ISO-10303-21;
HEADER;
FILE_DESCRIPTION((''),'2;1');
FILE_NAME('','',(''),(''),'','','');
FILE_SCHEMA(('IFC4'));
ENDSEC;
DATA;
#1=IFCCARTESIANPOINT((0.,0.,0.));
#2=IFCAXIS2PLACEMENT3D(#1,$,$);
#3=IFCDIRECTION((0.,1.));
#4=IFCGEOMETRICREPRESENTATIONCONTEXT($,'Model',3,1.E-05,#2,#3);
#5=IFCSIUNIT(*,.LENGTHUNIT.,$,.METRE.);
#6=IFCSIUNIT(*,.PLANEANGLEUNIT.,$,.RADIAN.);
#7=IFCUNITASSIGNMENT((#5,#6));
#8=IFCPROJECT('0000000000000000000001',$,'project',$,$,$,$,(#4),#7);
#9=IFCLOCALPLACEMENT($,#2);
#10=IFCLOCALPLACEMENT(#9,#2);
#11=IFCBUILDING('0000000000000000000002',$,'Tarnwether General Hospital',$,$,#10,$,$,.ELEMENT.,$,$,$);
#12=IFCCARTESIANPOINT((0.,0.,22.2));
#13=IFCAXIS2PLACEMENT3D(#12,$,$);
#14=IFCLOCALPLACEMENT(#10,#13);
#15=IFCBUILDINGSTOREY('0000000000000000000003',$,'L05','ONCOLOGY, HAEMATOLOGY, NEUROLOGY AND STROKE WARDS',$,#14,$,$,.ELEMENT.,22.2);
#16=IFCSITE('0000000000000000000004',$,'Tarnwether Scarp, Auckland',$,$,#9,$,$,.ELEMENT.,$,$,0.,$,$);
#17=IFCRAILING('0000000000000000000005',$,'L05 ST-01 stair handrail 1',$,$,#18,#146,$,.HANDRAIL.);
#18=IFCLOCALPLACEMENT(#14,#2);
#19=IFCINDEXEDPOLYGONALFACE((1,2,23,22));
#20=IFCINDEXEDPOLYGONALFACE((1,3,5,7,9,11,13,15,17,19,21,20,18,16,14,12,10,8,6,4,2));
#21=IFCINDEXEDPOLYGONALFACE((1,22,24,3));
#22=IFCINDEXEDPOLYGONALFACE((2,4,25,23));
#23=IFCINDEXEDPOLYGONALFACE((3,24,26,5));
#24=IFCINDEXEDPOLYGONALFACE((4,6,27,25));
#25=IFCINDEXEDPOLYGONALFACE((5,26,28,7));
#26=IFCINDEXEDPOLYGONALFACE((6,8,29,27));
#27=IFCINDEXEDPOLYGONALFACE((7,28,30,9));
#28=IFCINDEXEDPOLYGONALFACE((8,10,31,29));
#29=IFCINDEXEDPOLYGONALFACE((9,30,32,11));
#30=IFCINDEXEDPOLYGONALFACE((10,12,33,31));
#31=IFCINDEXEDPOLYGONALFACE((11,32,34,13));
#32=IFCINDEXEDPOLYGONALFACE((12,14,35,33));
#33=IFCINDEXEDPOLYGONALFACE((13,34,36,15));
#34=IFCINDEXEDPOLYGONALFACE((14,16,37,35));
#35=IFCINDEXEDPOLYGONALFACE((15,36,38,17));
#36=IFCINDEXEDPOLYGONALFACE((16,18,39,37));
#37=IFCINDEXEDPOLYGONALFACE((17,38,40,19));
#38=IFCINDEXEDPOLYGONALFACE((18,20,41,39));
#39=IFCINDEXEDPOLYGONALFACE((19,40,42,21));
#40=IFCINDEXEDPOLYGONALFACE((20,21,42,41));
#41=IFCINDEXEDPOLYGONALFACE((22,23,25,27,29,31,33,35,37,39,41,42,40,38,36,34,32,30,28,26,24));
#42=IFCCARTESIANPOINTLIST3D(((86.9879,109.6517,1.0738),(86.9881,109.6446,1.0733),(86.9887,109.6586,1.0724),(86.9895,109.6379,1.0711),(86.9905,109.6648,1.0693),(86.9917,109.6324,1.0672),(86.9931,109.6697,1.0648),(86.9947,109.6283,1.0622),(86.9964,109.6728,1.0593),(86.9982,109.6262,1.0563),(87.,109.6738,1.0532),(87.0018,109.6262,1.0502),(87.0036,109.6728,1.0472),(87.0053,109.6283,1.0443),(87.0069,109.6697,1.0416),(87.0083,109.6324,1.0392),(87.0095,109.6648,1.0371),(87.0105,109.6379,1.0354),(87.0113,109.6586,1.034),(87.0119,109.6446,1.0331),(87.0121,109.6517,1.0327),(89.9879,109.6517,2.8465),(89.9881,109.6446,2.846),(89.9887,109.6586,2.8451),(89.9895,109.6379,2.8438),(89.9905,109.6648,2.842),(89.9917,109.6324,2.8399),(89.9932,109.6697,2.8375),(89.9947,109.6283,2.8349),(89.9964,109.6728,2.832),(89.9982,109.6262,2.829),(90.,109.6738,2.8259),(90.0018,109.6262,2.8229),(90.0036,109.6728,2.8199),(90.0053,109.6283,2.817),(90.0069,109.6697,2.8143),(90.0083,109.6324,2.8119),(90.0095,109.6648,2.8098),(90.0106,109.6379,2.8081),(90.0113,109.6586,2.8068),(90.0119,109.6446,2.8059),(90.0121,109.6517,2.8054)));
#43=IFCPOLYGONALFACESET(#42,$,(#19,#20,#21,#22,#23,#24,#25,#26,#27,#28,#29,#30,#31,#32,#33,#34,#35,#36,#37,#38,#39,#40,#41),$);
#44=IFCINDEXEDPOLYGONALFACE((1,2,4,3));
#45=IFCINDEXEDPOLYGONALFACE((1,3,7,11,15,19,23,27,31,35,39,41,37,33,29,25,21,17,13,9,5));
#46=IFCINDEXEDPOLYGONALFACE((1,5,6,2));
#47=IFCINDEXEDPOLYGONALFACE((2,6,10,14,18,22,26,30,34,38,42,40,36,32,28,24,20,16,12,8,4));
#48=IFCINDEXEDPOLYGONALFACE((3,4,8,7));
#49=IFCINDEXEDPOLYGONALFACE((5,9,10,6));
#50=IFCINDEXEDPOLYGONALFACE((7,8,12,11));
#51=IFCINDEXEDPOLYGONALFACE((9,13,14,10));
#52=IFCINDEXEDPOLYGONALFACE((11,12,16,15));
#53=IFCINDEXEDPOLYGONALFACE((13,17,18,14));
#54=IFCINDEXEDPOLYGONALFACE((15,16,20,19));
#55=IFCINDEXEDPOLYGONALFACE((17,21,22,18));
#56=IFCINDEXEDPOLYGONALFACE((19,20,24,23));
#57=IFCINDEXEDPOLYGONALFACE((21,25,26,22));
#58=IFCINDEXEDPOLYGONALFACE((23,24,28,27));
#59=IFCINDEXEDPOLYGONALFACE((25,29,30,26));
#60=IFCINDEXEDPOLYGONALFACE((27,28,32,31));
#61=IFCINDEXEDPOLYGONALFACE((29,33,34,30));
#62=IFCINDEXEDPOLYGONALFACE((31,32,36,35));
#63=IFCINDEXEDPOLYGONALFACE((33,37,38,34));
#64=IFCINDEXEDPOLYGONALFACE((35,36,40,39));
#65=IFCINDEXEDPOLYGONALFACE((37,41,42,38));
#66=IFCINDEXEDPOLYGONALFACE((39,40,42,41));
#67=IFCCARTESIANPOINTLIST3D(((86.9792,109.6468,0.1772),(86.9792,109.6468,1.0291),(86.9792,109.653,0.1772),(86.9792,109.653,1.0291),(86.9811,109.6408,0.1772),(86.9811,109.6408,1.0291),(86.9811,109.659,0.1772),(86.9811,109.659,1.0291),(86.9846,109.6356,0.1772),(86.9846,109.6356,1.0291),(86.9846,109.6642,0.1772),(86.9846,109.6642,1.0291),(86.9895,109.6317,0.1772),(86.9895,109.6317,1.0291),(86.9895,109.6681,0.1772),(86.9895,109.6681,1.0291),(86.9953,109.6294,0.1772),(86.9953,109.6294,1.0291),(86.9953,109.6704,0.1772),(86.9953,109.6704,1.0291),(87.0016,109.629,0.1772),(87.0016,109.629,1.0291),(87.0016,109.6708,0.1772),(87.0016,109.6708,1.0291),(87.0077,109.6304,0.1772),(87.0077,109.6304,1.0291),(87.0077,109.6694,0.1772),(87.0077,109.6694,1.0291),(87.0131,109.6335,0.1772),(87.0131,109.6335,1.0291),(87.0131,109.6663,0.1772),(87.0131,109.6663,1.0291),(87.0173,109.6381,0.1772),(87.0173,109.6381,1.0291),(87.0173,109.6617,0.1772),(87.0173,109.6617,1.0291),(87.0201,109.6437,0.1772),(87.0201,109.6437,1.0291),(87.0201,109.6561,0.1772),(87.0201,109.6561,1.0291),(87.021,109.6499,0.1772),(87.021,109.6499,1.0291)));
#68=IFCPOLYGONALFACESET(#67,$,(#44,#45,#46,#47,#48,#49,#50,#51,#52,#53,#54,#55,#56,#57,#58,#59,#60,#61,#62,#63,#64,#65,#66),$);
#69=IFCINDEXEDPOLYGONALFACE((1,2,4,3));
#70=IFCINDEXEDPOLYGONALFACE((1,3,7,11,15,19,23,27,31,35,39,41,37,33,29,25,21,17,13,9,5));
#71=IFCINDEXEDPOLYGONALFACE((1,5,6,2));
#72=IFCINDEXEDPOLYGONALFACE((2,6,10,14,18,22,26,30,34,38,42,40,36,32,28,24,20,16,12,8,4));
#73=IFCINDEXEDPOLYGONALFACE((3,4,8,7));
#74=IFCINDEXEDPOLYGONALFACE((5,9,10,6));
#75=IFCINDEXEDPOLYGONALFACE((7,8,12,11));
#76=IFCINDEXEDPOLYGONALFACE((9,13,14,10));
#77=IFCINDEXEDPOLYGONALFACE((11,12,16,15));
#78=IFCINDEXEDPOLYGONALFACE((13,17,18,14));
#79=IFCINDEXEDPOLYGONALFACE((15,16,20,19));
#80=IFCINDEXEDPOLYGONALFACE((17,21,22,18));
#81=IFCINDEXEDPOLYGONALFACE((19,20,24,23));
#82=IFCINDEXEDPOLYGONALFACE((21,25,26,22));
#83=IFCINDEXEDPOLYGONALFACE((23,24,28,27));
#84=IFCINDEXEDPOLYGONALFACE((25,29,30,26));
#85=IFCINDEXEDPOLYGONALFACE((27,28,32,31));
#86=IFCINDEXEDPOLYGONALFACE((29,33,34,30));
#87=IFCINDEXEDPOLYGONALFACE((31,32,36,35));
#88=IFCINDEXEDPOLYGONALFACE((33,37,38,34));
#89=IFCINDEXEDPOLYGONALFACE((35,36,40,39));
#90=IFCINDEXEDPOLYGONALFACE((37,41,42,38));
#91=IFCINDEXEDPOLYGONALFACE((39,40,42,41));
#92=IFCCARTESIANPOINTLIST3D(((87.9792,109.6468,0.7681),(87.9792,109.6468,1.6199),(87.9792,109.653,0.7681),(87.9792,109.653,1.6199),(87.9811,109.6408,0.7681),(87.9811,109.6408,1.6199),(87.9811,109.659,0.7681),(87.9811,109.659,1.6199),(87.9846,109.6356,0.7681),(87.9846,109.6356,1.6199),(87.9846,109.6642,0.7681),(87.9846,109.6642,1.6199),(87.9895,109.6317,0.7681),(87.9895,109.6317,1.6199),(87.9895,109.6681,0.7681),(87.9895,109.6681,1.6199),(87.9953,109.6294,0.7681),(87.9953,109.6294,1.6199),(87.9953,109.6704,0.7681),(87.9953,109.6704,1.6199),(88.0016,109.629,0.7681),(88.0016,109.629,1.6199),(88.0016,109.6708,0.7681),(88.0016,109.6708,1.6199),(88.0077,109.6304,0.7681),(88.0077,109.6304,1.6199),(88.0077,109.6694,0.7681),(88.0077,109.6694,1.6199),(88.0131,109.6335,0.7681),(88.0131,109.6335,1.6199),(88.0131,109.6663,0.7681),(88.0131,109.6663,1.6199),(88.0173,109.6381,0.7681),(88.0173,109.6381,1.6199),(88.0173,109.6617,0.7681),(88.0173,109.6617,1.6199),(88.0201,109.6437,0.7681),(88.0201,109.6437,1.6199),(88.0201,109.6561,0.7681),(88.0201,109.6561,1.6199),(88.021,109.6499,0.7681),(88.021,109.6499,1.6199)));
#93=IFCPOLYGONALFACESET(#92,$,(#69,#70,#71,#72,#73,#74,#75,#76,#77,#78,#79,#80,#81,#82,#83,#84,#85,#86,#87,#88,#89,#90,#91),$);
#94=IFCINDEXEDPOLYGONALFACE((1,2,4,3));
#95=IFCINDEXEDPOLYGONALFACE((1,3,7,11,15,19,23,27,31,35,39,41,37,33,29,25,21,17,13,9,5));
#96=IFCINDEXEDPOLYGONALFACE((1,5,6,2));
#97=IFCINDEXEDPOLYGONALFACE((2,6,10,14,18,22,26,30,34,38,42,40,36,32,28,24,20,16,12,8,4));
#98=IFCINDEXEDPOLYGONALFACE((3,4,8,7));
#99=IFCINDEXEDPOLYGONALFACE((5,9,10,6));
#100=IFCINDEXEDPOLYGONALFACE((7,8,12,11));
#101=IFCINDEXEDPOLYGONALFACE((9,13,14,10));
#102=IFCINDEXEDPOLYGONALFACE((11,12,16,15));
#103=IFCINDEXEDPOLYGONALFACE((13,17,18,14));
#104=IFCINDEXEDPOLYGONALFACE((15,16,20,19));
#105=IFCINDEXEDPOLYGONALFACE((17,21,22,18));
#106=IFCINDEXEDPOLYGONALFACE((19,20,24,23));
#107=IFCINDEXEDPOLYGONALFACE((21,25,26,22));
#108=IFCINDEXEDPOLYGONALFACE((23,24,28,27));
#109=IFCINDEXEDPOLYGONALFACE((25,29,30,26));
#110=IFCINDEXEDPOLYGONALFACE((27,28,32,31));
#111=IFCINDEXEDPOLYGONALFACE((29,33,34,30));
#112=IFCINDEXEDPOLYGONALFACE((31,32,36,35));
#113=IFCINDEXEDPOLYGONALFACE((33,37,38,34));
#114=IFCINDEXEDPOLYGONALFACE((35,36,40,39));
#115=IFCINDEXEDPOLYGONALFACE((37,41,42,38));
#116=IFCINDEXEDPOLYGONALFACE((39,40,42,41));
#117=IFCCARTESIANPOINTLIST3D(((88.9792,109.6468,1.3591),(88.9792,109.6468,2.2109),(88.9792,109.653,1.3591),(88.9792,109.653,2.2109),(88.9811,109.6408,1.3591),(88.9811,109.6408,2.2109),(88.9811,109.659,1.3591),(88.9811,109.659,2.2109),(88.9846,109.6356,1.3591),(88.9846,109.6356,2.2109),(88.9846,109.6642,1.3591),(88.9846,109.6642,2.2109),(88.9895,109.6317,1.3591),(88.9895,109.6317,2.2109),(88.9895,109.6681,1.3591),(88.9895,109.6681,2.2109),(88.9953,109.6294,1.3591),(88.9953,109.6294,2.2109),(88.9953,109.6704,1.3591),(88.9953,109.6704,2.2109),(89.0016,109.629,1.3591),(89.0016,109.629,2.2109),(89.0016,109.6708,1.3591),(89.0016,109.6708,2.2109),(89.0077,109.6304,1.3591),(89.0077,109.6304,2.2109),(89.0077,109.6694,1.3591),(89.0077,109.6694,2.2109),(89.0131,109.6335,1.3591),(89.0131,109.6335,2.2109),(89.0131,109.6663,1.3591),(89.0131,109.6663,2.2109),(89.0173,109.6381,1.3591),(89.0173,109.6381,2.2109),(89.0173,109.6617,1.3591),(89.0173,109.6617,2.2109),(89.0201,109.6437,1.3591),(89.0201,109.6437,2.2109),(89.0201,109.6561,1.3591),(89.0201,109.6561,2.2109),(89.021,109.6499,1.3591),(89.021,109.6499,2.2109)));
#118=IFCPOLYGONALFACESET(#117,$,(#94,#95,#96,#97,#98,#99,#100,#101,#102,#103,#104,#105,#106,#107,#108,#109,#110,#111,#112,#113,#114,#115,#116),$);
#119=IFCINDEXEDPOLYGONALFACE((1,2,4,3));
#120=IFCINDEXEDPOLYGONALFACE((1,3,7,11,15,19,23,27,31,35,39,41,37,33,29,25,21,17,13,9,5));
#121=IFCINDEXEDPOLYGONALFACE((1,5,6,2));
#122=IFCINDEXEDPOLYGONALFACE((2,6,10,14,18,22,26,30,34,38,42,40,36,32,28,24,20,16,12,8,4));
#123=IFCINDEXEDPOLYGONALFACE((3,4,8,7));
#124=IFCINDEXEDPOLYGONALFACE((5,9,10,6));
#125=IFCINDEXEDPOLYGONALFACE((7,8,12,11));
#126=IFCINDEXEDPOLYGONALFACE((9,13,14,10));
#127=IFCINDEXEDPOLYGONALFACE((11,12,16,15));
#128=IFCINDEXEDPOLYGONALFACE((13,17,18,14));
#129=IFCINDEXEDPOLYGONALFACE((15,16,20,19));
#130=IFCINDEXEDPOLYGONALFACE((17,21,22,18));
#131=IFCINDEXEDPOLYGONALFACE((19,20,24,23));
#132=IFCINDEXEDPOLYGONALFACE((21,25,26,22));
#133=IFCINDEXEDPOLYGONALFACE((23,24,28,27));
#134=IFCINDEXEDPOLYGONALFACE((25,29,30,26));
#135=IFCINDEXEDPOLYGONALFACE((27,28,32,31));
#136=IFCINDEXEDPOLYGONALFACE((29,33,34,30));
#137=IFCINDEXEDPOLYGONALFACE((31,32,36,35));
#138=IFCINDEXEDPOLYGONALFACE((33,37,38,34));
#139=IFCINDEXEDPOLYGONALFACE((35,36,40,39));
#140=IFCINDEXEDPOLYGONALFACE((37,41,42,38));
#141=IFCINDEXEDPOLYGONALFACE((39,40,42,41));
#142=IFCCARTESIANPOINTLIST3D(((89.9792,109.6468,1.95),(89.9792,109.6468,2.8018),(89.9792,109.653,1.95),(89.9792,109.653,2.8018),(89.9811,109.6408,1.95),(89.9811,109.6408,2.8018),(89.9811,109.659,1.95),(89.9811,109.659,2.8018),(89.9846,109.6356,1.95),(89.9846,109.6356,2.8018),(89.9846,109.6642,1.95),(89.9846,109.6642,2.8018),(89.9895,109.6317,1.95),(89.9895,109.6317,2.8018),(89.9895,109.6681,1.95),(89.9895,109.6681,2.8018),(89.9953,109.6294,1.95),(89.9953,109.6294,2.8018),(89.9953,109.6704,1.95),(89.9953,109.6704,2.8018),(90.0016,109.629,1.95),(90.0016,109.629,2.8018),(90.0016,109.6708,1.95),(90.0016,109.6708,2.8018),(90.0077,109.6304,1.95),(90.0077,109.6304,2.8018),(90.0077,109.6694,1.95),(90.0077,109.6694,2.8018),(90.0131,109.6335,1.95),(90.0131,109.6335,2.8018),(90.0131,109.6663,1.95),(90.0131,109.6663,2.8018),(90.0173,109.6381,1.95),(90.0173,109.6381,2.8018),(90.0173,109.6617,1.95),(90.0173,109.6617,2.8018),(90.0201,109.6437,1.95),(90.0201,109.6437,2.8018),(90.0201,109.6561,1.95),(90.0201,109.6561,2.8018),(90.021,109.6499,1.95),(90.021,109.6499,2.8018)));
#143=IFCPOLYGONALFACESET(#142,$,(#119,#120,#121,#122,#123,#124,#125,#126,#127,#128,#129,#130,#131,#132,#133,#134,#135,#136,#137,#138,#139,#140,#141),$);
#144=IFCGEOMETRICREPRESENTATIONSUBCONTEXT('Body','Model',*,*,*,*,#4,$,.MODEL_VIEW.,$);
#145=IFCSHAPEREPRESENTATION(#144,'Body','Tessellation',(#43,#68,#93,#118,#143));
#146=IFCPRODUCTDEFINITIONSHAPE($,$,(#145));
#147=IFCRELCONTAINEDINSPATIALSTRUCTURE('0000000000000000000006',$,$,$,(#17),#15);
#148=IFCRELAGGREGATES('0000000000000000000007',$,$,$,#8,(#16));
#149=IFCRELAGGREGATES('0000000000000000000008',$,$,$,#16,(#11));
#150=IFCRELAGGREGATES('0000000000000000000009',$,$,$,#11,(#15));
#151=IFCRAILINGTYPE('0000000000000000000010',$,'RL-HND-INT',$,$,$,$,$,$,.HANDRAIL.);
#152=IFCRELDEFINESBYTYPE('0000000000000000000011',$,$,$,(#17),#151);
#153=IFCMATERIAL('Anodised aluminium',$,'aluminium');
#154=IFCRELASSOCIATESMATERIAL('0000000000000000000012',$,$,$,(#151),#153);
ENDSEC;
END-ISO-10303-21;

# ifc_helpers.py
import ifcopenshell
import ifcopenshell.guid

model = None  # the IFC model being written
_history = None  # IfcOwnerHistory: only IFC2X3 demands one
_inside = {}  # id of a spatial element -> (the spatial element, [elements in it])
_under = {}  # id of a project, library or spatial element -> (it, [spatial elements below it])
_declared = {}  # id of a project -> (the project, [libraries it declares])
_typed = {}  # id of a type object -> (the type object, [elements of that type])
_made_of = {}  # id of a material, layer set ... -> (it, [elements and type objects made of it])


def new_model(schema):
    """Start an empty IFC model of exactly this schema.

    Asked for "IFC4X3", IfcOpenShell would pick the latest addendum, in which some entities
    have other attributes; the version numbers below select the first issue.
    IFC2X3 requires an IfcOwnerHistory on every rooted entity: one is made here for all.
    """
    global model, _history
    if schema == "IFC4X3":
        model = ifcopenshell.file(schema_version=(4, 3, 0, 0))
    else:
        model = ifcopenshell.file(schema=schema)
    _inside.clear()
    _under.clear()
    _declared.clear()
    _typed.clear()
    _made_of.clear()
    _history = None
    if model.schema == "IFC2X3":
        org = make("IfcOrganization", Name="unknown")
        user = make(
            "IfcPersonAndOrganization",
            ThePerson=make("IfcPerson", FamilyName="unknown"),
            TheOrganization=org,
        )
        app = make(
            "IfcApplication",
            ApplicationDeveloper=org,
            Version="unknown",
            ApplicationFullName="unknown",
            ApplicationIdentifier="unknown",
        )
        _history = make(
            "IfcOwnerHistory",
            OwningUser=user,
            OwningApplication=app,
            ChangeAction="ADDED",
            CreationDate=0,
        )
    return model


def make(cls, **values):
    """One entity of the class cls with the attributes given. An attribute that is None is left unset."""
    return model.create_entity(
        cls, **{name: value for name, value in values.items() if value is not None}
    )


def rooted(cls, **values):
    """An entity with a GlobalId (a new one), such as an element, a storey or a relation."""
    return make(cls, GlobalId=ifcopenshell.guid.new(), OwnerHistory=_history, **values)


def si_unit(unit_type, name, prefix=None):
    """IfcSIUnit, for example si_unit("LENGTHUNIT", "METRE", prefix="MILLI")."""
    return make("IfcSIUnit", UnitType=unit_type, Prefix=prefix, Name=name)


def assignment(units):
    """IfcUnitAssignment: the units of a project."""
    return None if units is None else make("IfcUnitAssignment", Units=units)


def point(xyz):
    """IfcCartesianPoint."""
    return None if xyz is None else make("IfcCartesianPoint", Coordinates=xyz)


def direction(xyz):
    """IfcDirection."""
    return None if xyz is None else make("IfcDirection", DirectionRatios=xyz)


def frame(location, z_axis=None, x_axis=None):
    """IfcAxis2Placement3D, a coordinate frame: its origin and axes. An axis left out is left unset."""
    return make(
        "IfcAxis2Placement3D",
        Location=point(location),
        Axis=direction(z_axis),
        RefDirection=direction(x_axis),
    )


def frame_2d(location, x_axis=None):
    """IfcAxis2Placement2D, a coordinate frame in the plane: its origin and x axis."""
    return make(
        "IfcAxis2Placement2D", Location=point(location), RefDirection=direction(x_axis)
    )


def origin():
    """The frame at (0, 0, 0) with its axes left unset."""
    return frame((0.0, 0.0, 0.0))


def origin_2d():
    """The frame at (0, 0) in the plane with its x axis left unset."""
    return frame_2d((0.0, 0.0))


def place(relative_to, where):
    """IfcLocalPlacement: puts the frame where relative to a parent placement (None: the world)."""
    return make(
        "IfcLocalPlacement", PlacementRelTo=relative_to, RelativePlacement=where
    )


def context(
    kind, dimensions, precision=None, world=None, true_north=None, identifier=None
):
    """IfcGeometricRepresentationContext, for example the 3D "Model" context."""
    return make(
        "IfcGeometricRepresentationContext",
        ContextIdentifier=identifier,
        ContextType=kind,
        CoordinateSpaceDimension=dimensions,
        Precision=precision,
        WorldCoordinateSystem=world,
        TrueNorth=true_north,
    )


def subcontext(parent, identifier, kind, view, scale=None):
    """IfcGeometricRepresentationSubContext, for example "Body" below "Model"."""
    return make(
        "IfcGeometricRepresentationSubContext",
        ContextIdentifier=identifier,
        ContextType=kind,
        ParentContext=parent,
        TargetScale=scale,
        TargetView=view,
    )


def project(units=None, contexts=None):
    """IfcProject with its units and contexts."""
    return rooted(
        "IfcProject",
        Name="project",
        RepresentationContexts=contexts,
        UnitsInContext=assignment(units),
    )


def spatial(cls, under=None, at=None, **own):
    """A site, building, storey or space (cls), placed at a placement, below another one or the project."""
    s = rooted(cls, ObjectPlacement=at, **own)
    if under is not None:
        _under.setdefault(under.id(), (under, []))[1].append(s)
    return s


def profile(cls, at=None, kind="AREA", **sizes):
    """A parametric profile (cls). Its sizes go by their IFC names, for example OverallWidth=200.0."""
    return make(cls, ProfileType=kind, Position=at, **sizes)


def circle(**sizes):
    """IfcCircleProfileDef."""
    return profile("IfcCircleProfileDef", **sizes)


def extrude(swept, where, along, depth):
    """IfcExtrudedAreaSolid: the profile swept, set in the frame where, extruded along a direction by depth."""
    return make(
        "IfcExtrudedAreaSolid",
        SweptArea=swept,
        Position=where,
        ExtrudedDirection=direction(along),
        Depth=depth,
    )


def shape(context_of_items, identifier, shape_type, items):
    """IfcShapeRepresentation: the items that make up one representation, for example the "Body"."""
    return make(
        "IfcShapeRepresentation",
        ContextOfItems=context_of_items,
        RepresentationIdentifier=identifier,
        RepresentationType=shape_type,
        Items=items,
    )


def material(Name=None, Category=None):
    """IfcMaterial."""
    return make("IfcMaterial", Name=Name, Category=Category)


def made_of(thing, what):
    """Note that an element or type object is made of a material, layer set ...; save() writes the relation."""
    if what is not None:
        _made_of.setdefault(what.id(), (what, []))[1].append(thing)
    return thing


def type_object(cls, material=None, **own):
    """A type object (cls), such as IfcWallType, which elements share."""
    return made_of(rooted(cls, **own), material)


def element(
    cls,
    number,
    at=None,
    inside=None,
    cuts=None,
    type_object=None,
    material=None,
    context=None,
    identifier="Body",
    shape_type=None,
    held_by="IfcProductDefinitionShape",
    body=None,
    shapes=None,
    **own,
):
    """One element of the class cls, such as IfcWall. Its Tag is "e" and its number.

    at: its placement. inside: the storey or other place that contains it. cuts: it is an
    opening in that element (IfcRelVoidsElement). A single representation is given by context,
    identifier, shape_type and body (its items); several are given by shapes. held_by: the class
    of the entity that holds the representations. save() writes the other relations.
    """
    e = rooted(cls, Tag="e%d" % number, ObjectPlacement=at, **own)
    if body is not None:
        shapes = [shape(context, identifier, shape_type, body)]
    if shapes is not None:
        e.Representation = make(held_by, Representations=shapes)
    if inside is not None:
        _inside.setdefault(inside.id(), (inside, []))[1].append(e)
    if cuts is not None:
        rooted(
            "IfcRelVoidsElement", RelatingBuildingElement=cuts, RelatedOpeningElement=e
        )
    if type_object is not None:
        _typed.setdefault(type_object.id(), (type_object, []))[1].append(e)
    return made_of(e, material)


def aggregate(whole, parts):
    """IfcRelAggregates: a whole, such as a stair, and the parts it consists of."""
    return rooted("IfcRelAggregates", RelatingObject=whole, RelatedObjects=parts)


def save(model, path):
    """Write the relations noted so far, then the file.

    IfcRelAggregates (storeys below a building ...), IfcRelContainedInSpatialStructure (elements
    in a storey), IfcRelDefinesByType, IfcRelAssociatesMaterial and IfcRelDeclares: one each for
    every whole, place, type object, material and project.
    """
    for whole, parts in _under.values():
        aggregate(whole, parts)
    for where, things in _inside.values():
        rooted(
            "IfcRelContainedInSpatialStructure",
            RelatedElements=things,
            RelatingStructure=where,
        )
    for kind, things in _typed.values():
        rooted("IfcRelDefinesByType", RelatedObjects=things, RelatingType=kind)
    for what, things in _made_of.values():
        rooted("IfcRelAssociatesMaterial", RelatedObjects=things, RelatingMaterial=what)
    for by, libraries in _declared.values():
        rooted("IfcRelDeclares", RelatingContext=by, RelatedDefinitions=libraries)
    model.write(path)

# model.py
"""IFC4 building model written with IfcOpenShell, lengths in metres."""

from ifc_helpers import new_model, si_unit, direction, frame, origin, origin_2d, place, context, subcontext, project, spatial, circle, extrude, material, type_object, element, save


model = new_model("IFC4")

# Units and contexts
model_context = context("Model", 3, precision=1e-05, world=origin(), true_north=direction((0.0, 1.0)))
body_context = subcontext(model_context, "Body", "Model", "MODEL_VIEW")
ifc_project = project(units=[si_unit("LENGTHUNIT", "METRE"), si_unit("PLANEANGLEUNIT", "RADIAN")], contexts=[model_context])

# Site, building, storey
site_placement = place(None, origin())
site = spatial("IfcSite", under=ifc_project, at=site_placement, Name="Tarnwether Scarp, Auckland", CompositionType="ELEMENT", RefElevation=0.0)
building_placement = place(site_placement, origin())
building = spatial("IfcBuilding", under=site, at=building_placement, Name="Tarnwether General Hospital", CompositionType="ELEMENT")
storey_placement = place(building_placement, frame((0.0, 0.0, 22.2)))
storey = spatial("IfcBuildingStorey", under=building, at=storey_placement, Name="L05", Description="ONCOLOGY, HAEMATOLOGY, NEUROLOGY AND STROKE WARDS", CompositionType="ELEMENT", Elevation=22.2)

# Railing
ifc_material_1 = material(Name="Anodised aluminium", Category="aluminium")
railing_type_1 = type_object("IfcRailingType", Name="RL-HND-INT", PredefinedType="HANDRAIL", material=ifc_material_1)
railing_1_placement = place(storey_placement, frame((87.0, 109.6499, 0.1772)))
element("IfcRailing", 1, at=railing_1_placement, inside=storey, type_object=railing_type_1, Name="L05 ST-01 stair handrail 1", PredefinedType="HANDRAIL", context=body_context, shape_type="SweptSolid", body=[
    extrude(circle(Radius=0.0239, at=origin_2d()), frame((0.0, 0.0, 0.876), z_axis=(0.860929, 0.0, 0.508725), x_axis=(0.0, 1.0, 0.0)), (0.0, 0.0, 1.0), 3.4846),
    extrude(circle(Radius=0.021, at=origin_2d()), origin(), (0.0, 0.0, 1.0), 0.8518),
    extrude(circle(Radius=0.021, at=origin_2d()), frame((1.0, 0.0, 0.5908)), (0.0, 0.0, 1.0), 0.8518),
    extrude(circle(Radius=0.021, at=origin_2d()), frame((2.0, 0.0, 1.1819)), (0.0, 0.0, 1.0), 0.8518),
    extrude(circle(Radius=0.021, at=origin_2d()), frame((3.0, 0.0, 1.7727)), (0.0, 0.0, 1.0), 0.8518),
])

save(model, "model.ifc")
